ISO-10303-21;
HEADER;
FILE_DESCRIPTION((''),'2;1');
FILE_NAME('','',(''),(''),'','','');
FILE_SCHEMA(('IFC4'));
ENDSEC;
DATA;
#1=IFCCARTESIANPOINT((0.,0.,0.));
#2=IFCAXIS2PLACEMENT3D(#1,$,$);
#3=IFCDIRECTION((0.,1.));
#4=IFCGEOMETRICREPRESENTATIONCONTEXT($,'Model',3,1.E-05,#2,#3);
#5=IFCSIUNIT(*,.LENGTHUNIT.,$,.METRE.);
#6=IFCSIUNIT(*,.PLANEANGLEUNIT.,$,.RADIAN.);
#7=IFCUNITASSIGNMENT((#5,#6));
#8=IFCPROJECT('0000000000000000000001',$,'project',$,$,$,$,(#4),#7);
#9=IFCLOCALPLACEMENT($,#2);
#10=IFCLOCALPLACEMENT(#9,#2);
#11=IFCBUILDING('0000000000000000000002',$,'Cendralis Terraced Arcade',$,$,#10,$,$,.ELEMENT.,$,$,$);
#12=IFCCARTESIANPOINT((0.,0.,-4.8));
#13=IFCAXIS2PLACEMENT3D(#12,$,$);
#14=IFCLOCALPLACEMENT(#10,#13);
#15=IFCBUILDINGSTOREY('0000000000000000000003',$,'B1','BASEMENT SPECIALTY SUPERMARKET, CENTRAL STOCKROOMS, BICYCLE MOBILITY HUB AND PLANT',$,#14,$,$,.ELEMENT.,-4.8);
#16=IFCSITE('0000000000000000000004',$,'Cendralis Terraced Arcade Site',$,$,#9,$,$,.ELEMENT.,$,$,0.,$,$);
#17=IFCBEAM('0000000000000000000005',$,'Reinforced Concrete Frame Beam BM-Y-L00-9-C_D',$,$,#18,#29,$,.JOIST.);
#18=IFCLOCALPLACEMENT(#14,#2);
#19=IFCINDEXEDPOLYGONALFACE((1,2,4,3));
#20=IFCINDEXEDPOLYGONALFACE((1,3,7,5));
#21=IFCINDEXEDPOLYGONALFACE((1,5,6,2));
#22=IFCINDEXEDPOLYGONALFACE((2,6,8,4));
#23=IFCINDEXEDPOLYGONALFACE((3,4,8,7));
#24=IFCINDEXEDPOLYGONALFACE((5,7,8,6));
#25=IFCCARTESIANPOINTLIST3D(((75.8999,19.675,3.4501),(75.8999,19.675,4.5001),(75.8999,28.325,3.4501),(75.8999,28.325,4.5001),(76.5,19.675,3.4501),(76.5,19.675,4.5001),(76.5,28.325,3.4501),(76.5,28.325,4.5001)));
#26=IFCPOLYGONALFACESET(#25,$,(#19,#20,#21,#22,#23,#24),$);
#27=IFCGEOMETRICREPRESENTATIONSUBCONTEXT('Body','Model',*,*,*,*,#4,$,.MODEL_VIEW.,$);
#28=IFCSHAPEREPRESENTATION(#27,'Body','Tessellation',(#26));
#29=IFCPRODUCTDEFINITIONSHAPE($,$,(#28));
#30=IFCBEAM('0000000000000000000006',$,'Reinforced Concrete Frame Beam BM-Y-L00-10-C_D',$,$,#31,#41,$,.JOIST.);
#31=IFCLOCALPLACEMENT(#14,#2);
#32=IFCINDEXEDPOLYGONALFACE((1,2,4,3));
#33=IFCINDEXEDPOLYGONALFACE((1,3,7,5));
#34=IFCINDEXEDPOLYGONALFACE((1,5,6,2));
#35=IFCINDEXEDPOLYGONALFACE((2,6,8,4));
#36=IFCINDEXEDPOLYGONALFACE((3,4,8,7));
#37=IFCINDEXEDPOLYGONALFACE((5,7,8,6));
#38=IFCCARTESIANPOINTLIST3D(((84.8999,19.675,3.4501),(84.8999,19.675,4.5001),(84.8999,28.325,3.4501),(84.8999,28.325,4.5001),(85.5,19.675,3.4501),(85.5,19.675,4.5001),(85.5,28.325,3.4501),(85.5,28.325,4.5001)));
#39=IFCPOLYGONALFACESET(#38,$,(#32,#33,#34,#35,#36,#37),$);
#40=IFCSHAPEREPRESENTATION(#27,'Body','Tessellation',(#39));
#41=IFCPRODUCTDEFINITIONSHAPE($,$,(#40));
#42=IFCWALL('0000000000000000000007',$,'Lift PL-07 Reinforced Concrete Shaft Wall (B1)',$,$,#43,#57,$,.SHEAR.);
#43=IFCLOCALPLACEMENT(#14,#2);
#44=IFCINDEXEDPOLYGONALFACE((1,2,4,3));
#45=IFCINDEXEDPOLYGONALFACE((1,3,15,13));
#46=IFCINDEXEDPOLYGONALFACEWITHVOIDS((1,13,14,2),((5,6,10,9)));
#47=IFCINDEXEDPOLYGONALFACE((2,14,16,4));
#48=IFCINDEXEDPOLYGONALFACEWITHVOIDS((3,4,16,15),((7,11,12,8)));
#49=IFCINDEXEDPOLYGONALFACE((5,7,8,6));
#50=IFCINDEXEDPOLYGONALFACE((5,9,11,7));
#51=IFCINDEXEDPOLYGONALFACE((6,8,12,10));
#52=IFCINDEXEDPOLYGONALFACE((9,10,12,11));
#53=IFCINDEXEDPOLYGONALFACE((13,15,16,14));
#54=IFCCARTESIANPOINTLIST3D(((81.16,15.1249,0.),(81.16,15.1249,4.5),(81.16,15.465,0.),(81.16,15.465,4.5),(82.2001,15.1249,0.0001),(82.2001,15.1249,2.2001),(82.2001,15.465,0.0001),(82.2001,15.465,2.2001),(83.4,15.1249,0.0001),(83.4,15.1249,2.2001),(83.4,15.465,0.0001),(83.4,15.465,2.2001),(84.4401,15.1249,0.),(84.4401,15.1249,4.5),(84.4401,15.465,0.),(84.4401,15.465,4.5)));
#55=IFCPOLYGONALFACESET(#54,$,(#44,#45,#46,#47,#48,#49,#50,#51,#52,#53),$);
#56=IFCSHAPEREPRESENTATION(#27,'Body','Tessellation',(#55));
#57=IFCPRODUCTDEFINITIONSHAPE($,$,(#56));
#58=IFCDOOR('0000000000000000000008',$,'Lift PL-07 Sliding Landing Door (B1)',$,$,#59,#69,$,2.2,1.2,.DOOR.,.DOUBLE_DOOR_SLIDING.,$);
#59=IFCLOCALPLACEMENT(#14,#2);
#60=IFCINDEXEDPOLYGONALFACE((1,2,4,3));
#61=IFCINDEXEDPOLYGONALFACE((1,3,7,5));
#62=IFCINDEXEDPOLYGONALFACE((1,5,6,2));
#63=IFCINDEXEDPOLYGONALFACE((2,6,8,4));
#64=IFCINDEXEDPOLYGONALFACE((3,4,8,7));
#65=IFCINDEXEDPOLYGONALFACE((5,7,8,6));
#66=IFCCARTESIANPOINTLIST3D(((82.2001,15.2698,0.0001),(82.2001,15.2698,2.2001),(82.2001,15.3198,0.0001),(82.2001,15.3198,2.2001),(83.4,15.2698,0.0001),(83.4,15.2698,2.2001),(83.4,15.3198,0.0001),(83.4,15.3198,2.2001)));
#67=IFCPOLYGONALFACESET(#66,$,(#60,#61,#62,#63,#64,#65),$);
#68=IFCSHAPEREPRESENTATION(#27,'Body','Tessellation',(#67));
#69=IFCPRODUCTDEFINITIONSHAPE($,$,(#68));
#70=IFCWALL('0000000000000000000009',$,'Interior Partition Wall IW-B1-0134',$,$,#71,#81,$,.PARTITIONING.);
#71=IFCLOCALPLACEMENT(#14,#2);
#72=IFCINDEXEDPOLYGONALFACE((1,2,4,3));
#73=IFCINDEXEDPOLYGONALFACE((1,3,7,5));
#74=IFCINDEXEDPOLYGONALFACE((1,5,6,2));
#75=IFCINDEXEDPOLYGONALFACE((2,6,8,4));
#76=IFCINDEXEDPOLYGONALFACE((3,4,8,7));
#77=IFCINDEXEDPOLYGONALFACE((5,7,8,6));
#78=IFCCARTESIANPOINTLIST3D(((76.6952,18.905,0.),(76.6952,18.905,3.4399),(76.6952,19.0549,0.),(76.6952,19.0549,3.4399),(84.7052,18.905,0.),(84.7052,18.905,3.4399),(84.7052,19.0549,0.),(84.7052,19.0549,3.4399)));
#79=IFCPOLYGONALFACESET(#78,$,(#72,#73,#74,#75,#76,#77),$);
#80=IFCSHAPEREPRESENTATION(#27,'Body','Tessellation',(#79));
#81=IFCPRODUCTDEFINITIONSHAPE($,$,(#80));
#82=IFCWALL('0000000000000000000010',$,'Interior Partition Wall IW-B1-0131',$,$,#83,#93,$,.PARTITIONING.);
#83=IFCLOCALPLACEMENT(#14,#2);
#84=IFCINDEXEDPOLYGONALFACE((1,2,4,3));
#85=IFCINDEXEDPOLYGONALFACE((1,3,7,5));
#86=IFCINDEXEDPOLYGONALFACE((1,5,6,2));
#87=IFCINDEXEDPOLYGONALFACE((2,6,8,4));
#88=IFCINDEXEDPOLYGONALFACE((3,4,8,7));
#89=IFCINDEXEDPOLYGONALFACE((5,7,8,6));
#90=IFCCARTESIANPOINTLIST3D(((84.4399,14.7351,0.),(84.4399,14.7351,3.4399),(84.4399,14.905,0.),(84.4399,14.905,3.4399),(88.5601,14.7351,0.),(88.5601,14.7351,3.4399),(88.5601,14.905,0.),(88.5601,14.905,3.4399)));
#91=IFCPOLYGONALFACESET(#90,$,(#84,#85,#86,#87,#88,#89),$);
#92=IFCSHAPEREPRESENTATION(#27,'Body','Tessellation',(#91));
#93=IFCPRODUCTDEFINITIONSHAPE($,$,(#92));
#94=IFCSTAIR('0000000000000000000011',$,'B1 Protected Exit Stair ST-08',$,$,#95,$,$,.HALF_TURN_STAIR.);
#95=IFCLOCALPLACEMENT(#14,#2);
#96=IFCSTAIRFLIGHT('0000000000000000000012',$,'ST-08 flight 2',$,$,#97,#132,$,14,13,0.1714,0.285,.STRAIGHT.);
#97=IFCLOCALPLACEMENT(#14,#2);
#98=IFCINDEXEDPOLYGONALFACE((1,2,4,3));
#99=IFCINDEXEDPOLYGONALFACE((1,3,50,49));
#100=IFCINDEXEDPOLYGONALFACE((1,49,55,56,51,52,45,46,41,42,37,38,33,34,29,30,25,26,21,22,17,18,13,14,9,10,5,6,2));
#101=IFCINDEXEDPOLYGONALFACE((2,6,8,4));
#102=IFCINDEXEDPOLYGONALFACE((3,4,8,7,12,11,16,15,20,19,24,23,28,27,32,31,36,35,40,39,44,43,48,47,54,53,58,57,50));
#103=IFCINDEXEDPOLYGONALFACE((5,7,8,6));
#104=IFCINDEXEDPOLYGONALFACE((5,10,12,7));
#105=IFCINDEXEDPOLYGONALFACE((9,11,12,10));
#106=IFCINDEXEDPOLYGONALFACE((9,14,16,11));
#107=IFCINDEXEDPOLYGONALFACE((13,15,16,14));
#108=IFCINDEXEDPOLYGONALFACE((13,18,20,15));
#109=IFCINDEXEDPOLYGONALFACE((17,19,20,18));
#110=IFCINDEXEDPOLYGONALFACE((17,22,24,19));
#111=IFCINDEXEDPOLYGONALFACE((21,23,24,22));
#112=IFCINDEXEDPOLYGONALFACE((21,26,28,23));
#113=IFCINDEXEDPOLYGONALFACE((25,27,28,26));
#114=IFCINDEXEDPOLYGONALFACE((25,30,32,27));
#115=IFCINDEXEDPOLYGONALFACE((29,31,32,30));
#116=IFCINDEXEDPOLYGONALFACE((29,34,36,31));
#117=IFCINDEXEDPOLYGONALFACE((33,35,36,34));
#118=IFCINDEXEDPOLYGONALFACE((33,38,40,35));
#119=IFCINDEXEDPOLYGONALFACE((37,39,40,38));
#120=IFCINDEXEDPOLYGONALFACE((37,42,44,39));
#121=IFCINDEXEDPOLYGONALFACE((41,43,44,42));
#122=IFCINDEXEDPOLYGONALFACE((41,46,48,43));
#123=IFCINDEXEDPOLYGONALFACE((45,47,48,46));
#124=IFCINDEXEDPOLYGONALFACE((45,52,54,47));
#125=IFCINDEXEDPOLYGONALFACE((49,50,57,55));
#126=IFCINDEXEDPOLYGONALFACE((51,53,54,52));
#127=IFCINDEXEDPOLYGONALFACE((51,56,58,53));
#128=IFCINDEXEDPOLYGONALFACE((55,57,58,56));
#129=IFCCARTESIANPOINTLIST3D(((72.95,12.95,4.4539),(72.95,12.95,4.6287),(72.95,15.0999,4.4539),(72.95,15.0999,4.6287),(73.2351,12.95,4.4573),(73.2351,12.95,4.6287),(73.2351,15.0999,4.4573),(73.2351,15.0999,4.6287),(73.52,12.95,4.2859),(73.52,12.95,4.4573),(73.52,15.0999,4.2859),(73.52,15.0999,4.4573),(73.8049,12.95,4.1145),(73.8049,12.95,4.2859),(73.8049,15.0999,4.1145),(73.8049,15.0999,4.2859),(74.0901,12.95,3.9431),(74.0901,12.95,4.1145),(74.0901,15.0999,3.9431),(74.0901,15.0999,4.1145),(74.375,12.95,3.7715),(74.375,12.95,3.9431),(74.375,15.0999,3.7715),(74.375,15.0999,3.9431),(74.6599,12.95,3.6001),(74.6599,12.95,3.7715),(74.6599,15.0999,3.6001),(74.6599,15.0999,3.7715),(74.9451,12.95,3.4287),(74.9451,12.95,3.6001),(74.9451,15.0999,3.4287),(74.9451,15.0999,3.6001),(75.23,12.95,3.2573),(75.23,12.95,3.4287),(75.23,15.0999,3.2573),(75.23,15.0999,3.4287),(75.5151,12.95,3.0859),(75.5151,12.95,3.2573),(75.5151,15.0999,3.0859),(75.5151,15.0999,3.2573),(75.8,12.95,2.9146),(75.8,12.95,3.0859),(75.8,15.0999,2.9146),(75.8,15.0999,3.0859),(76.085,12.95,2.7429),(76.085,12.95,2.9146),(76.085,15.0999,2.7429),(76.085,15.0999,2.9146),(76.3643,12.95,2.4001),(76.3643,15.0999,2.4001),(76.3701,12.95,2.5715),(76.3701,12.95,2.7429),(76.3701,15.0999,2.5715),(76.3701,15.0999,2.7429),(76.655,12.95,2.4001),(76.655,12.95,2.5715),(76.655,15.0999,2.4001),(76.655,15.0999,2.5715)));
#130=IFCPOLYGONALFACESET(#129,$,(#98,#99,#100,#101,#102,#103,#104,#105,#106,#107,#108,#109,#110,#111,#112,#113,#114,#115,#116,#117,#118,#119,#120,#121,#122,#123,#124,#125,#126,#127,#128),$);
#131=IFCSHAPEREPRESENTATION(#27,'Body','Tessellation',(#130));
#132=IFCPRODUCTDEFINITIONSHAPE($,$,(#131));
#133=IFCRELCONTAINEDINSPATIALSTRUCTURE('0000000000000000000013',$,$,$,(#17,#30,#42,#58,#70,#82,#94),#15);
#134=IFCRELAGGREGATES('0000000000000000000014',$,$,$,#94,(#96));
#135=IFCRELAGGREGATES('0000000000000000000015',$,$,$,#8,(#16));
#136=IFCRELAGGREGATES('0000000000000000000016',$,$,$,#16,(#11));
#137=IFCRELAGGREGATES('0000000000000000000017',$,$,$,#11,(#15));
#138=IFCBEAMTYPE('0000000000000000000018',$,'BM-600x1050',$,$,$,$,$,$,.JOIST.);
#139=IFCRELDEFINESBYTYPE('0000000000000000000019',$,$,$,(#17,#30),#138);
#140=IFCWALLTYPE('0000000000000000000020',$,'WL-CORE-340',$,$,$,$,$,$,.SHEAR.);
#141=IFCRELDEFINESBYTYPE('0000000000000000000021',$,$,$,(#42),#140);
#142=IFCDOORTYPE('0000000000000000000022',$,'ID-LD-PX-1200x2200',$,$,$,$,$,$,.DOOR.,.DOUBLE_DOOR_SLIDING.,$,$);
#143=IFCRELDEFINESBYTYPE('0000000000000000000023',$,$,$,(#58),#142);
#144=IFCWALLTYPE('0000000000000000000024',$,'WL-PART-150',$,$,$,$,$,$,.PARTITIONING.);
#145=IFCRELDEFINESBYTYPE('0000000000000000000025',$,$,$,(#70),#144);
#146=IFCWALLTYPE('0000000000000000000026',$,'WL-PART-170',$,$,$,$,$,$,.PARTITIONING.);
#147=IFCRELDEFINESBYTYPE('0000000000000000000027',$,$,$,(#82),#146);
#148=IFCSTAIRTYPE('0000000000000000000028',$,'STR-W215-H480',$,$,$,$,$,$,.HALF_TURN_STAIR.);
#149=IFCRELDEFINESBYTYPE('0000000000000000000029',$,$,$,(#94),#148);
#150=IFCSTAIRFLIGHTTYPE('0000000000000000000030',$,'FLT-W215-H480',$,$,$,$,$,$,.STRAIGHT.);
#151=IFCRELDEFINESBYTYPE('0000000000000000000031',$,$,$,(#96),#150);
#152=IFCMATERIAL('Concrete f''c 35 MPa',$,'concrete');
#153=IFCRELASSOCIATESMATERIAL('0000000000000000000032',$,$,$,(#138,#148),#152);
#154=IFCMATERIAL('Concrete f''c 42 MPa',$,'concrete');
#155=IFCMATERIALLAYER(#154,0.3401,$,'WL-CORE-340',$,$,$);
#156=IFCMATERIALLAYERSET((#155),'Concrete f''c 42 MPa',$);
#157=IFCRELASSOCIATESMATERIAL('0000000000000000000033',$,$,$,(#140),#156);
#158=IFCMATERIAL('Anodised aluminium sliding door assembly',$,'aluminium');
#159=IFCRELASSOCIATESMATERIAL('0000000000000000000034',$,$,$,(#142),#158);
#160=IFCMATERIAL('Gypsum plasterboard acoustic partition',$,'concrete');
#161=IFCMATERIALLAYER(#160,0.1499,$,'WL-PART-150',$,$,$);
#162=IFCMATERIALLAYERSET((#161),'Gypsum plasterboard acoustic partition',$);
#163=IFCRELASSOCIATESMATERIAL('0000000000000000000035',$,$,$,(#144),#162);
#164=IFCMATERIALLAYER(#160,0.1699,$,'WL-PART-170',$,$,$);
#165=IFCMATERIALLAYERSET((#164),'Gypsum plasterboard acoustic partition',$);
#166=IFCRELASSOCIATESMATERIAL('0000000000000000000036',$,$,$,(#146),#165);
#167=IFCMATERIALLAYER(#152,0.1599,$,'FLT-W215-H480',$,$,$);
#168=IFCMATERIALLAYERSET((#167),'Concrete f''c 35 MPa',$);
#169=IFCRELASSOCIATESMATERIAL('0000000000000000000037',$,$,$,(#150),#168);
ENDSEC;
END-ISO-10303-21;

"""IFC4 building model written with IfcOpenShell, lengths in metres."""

from ifc_helpers import new_model, si_unit, direction, frame, frame_2d, origin, origin_2d, place, context, subcontext, project, spatial, polyline, rectangle, outline, extrude, material, layer, layer_set, material_profile, profile_set, type_object, element, fill, aggregate, save


model = new_model("IFC4")

# Units and contexts
model_context = context("Model", 3, precision=1e-05, world=origin(), true_north=direction((0.0, 1.0)))
body_context = subcontext(model_context, "Body", "Model", "MODEL_VIEW")
ifc_project = project(units=[si_unit("LENGTHUNIT", "METRE"), si_unit("PLANEANGLEUNIT", "RADIAN")], contexts=[model_context])

# Site, building, storey
site_placement = place(None, origin())
site = spatial("IfcSite", under=ifc_project, at=site_placement, Name="Cendralis Terraced Arcade Site", CompositionType="ELEMENT", RefElevation=0.0)
building_placement = place(site_placement, origin())
building = spatial("IfcBuilding", under=site, at=building_placement, Name="Cendralis Terraced Arcade", CompositionType="ELEMENT")
storey_placement = place(building_placement, frame((0.0, 0.0, -4.8)))
storey = spatial("IfcBuildingStorey", under=building, at=storey_placement, Name="B1", Description="BASEMENT SPECIALTY SUPERMARKET, CENTRAL STOCKROOMS, BICYCLE MOBILITY HUB AND PLANT", CompositionType="ELEMENT", Elevation=-4.8)

# Shared definitions
ifc_material_1 = material(Name="Concrete f'c 35 MPa", Category="concrete")

# Shared definitions
ifc_material_2 = material(Name="Concrete f'c 42 MPa", Category="concrete")

# Beams
ifc_material_profile_1 = material_profile(ifc_material_1, rectangle(XDim=0.6001, YDim=1.05, at=origin_2d()), Name="RC-BM-600x1050", Category="LoadBearing")
ifc_profile_set_1 = profile_set([ifc_material_profile_1], Name="Concrete f'c 35 MPa")
beam_type = type_object("IfcBeamType", Name="BM-600x1050", PredefinedType="JOIST", material=ifc_profile_set_1)
for number, where, z_axis, x_axis, name in (
    (1, (76.2, 19.675, 3.9751), (0.0, 1.0, 0.0), (-1.0, 0.0, 0.0), "Reinforced Concrete Frame Beam BM-Y-L00-9-C_D"),
    (2, (85.2, 19.675, 3.9751), (0.0, 1.0, 0.0), (-1.0, 0.0, 0.0), "Reinforced Concrete Frame Beam BM-Y-L00-10-C_D"),
):
    element("IfcBeam", number, at=place(storey_placement, frame(where, z_axis=z_axis, x_axis=x_axis)), inside=storey, type_object=beam_type, Name=name, PredefinedType="JOIST", context=body_context, shape_type="SweptSolid", body=[
        extrude(rectangle(XDim=0.6001, YDim=1.05, at=origin_2d()), origin(), (0.0, 0.0, 1.0), 8.6499),
    ])

# Wall, opening, door
ifc_layer_1 = layer(ifc_material_2, 0.3401, Name="WL-CORE-340")
ifc_layer_set_1 = layer_set([ifc_layer_1], Name="Concrete f'c 42 MPa")
wall_type_1 = type_object("IfcWallType", Name="WL-CORE-340", PredefinedType="SHEAR", material=ifc_layer_set_1)
wall_1_placement = place(storey_placement, frame((81.1599, 15.2949, 0.0), z_axis=(0.0, 0.0, 1.0), x_axis=(1.0, 0.0, 0.0)))
wall_1 = element("IfcWall", 3, at=wall_1_placement, inside=storey, type_object=wall_type_1, Name="Lift PL-07 Reinforced Concrete Shaft Wall (B1)", PredefinedType="SHEAR", context=body_context, shape_type="SweptSolid", body=[
    extrude(rectangle(XDim=3.28, YDim=0.3401, at=frame_2d((1.6401, 0.0))), origin(), (0.0, 0.0, 1.0), 4.5),
])
opening_placement = place(wall_1_placement, frame((1.04, 0.0, 0.0)))
opening = element("IfcOpeningElement", 4, at=opening_placement, cuts=wall_1, PredefinedType="OPENING", context=body_context, shape_type="SweptSolid", body=[
    extrude(rectangle(XDim=1.2, YDim=2.2, at=frame_2d((0.6001, 1.1001))), frame((0.0, 0.1821, 0.0), z_axis=(0.0, -1.0, 0.0), x_axis=(1.0, 0.0, 0.0)), (0.0, 0.0, 1.0), 0.364),
])
ifc_material_3 = material(Name="Anodised aluminium sliding door assembly", Category="aluminium")
door_type = type_object("IfcDoorType", Name="ID-LD-PX-1200x2200", OperationType="DOUBLE_DOOR_SLIDING", PredefinedType="DOOR", material=ifc_material_3)
door_placement = place(opening_placement, origin())
door = element("IfcDoor", 5, at=door_placement, inside=storey, type_object=door_type, Name="Lift PL-07 Sliding Landing Door (B1)", OperationType="DOUBLE_DOOR_SLIDING", OverallHeight=2.2, OverallWidth=1.2, PredefinedType="DOOR", context=body_context, shape_type="SweptSolid", body=[
    extrude(rectangle(XDim=1.2, YDim=2.2, at=frame_2d((0.6001, 1.1001))), frame((0.0, 0.0249, 0.0), z_axis=(0.0, -1.0, 0.0), x_axis=(1.0, 0.0, 0.0)), (0.0, 0.0, 1.0), 0.05),
])
fill(opening, door)

# Walls
ifc_material_4 = material(Name="Gypsum plasterboard acoustic partition", Category="concrete")
ifc_layer_2 = layer(ifc_material_4, 0.1499, Name="WL-PART-150")
ifc_layer_set_2 = layer_set([ifc_layer_2], Name="Gypsum plasterboard acoustic partition")
wall_type_2 = type_object("IfcWallType", Name="WL-PART-150", PredefinedType="PARTITIONING", material=ifc_layer_set_2)
wall_2_placement = place(storey_placement, frame((84.7051, 18.98, 0.0), z_axis=(0.0, 0.0, 1.0), x_axis=(-1.0, 0.0, 0.0)))
element("IfcWall", 6, at=wall_2_placement, inside=storey, type_object=wall_type_2, Name="Interior Partition Wall IW-B1-0134", PredefinedType="PARTITIONING", context=body_context, shape_type="SweptSolid", body=[
    extrude(rectangle(XDim=8.01, YDim=0.1499, at=frame_2d((4.0049, 0.0))), origin(), (0.0, 0.0, 1.0), 3.4399),
])
ifc_layer_3 = layer(ifc_material_4, 0.1699, Name="WL-PART-170")
ifc_layer_set_3 = layer_set([ifc_layer_3], Name="Gypsum plasterboard acoustic partition")
wall_type_3 = type_object("IfcWallType", Name="WL-PART-170", PredefinedType="PARTITIONING", material=ifc_layer_set_3)
wall_3_placement = place(storey_placement, frame((84.4399, 14.8201, 0.0), z_axis=(0.0, 0.0, 1.0), x_axis=(1.0, 0.0, 0.0)))
element("IfcWall", 7, at=wall_3_placement, inside=storey, type_object=wall_type_3, Name="Interior Partition Wall IW-B1-0131", PredefinedType="PARTITIONING", context=body_context, shape_type="SweptSolid", body=[
    extrude(rectangle(XDim=4.1201, YDim=0.1699, at=frame_2d((2.0601, 0.0))), origin(), (0.0, 0.0, 1.0), 3.4399),
])

# Stair, stair flight
stair_type = type_object("IfcStairType", Name="STR-W215-H480", PredefinedType="HALF_TURN_STAIR", material=ifc_material_1)
stair_placement = place(storey_placement, origin())
stair = element("IfcStair", 8, at=stair_placement, inside=storey, type_object=stair_type, Name="B1 Protected Exit Stair ST-08", PredefinedType="HALF_TURN_STAIR")
ifc_layer_4 = layer(ifc_material_1, 0.1599, Name="FLT-W215-H480")
ifc_layer_set_4 = layer_set([ifc_layer_4], Name="Concrete f'c 35 MPa")
stair_flight_type = type_object("IfcStairFlightType", Name="FLT-W215-H480", PredefinedType="STRAIGHT", material=ifc_layer_set_4)
stair_flight_placement = place(storey_placement, frame((76.655, 14.0249, 2.4001), z_axis=(0.0, 0.0, 1.0), x_axis=(-1.0, 0.0, 0.0)))
stair_flight = element("IfcStairFlight", 9, at=stair_flight_placement, type_object=stair_flight_type, Name="ST-08 flight 2", NumberOfRisers=14, NumberOfTreads=13, PredefinedType="STRAIGHT", RiserHeight=0.1714, TreadLength=0.285, context=body_context, shape_type="SweptSolid", body=[
    extrude(outline(polyline([(0.0, 0.0), (0.0, 0.1714), (0.2849, 0.1714), (0.2849, 0.3428), (0.5701, 0.3428), (0.5701, 0.5144), (0.855, 0.5144), (0.855, 0.6858), (1.1399, 0.6858), (1.1399, 0.8572), (1.425, 0.8572), (1.425, 1.0286), (1.71, 1.0286), (1.71, 1.2), (1.9951, 1.2), (1.9951, 1.3713), (2.28, 1.3713), (2.28, 1.543), (2.5649, 1.543), (2.5649, 1.7144), (2.8501, 1.7144), (2.8501, 1.8857), (3.135, 1.8857), (3.135, 2.0571), (3.4199, 2.0571), (3.4199, 2.2285), (3.7051, 2.2285), (3.7051, 2.3999), (3.7051, 2.0537), (0.2908, 0.0), (0.0, 0.0)])), frame((0.0, 1.075, 0.0), z_axis=(0.0, -1.0, 0.0), x_axis=(1.0, 0.0, 0.0)), (0.0, 0.0, 1.0), 2.1499),
])
aggregate(stair, [stair_flight])

save(model, "model.ifc")
